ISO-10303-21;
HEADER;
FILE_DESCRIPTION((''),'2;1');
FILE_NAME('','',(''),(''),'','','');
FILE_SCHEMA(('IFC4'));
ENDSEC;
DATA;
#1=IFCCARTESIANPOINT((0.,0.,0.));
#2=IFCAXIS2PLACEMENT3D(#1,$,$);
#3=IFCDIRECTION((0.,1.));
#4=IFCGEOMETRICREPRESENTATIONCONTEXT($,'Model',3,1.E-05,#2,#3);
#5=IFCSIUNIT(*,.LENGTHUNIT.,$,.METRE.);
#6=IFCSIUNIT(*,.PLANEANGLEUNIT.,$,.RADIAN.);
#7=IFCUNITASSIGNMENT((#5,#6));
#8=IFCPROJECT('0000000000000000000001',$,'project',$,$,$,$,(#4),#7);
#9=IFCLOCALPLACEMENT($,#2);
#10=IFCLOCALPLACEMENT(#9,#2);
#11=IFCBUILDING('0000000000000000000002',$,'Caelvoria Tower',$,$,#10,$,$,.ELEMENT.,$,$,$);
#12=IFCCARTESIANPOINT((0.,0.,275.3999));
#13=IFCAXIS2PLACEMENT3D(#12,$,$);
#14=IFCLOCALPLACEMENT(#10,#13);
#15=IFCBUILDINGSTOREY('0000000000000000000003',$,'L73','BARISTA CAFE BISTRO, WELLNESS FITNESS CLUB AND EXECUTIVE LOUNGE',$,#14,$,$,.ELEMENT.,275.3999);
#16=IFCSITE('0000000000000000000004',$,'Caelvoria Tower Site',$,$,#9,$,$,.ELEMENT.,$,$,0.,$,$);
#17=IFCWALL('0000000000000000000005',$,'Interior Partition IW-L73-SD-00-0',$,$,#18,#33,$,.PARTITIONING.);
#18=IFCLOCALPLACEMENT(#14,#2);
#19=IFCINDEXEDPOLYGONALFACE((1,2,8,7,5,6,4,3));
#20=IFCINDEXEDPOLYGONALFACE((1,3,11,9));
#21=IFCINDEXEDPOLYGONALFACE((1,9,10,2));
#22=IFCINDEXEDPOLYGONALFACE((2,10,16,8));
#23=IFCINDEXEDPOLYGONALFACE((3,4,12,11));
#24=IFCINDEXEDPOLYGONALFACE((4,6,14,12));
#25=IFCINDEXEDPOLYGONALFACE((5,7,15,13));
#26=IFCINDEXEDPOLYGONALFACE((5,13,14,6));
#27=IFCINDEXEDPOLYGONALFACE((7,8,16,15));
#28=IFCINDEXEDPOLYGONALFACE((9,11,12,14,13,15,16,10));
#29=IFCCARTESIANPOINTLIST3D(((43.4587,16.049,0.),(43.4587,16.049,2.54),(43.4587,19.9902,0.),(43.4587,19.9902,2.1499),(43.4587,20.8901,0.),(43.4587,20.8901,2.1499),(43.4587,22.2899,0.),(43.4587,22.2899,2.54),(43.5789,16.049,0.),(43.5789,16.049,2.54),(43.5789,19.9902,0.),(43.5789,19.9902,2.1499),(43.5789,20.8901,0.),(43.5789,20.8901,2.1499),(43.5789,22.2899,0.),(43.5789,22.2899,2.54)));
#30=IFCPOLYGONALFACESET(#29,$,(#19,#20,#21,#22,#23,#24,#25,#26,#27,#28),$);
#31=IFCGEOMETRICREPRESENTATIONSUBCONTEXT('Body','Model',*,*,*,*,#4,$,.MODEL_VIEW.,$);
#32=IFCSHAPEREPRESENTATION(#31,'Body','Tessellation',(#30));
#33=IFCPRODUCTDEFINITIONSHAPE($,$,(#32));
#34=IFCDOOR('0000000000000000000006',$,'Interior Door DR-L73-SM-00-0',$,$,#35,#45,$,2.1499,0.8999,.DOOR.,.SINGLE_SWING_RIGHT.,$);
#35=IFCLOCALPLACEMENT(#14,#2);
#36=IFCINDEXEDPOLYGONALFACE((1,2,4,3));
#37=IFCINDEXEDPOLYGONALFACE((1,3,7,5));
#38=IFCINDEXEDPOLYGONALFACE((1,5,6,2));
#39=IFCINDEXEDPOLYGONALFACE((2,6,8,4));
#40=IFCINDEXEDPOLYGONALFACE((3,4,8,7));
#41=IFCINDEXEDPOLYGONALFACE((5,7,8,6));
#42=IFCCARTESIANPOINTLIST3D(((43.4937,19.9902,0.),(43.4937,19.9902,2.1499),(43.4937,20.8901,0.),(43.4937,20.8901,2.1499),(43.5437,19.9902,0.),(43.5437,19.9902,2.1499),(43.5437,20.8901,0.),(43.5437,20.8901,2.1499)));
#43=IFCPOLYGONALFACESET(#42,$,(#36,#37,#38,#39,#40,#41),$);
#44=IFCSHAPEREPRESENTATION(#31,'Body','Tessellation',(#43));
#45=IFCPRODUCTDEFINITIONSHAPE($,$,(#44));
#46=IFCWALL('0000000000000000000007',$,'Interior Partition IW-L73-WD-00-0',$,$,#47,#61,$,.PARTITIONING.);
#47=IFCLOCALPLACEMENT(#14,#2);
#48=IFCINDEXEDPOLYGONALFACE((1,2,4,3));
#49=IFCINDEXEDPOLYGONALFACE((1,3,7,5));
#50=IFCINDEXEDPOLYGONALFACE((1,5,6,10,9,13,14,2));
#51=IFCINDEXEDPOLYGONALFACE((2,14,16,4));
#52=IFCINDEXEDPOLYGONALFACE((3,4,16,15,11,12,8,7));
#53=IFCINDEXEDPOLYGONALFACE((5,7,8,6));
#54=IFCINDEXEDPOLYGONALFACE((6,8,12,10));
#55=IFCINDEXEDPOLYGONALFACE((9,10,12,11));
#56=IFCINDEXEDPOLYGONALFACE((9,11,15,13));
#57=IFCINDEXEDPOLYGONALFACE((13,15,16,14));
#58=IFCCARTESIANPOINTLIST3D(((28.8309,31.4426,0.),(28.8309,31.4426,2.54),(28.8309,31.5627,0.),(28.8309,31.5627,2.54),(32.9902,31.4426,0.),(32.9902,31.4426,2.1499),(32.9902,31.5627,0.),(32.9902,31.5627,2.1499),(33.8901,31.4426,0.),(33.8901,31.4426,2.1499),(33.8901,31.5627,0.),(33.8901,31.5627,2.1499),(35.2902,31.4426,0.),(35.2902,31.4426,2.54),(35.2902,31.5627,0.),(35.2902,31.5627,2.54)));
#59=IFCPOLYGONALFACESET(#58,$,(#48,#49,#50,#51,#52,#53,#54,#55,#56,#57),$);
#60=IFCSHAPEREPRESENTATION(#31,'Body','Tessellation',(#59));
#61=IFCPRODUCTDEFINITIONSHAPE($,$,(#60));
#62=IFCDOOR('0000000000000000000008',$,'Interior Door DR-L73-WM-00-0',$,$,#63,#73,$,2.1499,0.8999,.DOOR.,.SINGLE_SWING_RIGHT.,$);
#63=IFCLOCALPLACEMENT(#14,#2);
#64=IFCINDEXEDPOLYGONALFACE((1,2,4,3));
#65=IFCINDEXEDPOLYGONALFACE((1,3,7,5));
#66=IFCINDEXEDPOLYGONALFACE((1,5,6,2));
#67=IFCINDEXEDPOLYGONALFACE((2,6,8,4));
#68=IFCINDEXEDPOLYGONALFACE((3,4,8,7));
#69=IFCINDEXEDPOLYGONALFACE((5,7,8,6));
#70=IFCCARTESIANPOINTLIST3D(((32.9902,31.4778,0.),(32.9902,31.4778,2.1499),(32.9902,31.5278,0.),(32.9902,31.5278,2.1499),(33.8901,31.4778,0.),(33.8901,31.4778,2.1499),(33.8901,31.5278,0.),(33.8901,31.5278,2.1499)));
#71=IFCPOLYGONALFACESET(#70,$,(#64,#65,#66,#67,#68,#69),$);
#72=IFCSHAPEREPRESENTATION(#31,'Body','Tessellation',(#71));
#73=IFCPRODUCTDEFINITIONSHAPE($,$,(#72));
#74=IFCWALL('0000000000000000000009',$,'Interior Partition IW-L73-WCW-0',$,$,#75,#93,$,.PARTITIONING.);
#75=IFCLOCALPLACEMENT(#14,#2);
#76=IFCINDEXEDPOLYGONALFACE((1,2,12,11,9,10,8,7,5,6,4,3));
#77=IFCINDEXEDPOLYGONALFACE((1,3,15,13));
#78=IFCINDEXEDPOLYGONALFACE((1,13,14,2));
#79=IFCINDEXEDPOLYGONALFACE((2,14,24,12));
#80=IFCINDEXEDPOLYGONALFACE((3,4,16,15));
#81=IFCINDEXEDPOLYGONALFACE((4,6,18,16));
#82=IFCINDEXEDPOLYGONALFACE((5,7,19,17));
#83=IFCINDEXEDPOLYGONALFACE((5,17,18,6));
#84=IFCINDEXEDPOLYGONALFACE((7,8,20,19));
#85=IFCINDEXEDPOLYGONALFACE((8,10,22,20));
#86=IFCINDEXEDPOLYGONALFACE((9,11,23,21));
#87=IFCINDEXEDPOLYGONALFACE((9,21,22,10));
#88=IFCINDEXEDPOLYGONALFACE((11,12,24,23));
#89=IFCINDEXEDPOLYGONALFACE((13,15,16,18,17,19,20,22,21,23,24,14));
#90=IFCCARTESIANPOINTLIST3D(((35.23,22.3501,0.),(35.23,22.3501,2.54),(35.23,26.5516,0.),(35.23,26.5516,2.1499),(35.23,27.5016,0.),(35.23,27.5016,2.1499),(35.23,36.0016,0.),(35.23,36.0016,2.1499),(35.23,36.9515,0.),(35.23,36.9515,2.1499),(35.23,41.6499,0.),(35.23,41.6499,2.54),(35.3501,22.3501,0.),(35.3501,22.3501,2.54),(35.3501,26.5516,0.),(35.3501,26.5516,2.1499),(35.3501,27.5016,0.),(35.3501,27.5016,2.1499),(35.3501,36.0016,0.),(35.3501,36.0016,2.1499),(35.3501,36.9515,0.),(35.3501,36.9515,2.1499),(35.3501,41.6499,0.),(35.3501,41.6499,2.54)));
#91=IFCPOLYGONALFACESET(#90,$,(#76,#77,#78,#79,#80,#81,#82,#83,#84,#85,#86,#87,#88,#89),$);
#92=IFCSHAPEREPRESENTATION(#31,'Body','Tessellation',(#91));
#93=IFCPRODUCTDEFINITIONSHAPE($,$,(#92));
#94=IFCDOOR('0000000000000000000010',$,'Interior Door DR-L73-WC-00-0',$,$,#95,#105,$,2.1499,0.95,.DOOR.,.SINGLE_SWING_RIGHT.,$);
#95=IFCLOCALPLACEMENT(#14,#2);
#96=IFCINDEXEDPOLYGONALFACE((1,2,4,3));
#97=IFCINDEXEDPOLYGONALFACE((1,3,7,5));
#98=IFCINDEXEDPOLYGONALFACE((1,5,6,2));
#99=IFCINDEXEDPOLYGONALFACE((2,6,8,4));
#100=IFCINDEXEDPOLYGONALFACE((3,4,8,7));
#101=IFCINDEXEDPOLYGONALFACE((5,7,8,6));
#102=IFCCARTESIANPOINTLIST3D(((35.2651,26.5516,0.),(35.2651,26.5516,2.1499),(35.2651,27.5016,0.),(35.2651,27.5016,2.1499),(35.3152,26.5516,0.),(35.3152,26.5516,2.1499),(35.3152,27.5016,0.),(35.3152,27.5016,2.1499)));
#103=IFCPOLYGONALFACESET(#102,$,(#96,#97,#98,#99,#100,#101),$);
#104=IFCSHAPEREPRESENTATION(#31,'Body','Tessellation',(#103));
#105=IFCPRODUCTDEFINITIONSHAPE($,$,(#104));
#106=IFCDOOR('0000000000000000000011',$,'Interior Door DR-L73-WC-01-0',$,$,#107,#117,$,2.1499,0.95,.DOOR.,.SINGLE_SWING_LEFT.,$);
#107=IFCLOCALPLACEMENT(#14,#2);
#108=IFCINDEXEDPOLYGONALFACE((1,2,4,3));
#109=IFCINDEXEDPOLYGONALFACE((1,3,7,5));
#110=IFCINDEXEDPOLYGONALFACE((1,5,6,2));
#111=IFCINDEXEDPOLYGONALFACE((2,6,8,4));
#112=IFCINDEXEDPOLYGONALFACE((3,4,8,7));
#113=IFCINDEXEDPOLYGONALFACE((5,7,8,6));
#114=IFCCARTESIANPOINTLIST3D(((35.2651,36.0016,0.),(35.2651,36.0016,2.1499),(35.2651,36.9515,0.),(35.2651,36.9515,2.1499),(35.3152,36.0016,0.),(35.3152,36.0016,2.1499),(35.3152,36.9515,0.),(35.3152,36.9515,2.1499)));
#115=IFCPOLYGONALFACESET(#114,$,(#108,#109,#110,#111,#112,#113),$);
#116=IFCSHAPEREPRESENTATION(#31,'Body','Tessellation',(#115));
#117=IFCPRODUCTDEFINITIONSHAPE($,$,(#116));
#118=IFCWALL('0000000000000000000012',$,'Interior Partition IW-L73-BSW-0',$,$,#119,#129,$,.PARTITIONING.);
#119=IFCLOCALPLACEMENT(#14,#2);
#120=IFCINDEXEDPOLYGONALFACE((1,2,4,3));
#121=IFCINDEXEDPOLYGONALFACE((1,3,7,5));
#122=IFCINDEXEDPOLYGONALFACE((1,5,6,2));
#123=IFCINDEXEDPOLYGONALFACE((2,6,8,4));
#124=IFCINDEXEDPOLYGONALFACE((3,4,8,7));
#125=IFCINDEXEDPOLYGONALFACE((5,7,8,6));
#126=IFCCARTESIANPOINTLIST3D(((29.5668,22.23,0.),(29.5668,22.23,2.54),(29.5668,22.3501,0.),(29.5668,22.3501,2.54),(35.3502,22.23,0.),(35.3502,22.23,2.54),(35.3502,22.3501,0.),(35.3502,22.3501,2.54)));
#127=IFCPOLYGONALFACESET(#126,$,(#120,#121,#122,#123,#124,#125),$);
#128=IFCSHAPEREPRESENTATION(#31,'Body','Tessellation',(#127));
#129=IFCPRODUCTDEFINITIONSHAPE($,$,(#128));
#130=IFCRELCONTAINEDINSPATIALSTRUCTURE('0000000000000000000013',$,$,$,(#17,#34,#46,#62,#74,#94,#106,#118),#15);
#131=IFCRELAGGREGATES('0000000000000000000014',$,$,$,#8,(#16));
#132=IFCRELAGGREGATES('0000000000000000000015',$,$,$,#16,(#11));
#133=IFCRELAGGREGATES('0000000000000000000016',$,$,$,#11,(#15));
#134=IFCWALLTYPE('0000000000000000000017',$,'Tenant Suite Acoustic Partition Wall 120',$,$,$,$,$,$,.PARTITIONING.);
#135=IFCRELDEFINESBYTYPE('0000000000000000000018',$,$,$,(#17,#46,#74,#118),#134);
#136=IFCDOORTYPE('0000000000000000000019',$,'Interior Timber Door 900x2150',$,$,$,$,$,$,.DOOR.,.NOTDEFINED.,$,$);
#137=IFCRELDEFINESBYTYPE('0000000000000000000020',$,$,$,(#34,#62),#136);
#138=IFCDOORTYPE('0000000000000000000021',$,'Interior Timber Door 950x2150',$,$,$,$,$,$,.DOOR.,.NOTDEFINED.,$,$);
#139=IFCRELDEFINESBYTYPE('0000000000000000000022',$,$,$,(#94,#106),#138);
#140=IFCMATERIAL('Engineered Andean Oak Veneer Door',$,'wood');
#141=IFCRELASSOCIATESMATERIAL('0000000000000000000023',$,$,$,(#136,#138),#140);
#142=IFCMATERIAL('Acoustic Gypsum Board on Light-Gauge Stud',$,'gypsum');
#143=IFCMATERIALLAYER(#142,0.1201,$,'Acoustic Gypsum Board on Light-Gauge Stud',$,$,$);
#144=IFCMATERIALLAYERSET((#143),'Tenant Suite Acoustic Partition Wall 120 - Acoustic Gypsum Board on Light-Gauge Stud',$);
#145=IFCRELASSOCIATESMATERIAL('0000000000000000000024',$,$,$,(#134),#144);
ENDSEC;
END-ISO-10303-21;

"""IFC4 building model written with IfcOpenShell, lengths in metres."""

from ifc_helpers import new_model, si_unit, direction, frame, frame_2d, origin, place, context, subcontext, project, spatial, rectangle, extrude, material, layer, layer_set, type_object, element, fill, save


model = new_model("IFC4")

# Units and contexts
model_context = context("Model", 3, precision=1e-05, world=origin(), true_north=direction((0.0, 1.0)))
body_context = subcontext(model_context, "Body", "Model", "MODEL_VIEW")
ifc_project = project(units=[si_unit("LENGTHUNIT", "METRE"), si_unit("PLANEANGLEUNIT", "RADIAN")], contexts=[model_context])

# Site, building, storey
site_placement = place(None, origin())
site = spatial("IfcSite", under=ifc_project, at=site_placement, Name="Caelvoria Tower Site", CompositionType="ELEMENT", RefElevation=0.0)
building_placement = place(site_placement, origin())
building = spatial("IfcBuilding", under=site, at=building_placement, Name="Caelvoria Tower", CompositionType="ELEMENT")
storey_placement = place(building_placement, frame((0.0, 0.0, 275.3999)))
storey = spatial("IfcBuildingStorey", under=building, at=storey_placement, Name="L73", Description="BARISTA CAFE BISTRO, WELLNESS FITNESS CLUB AND EXECUTIVE LOUNGE", CompositionType="ELEMENT", Elevation=275.3999)

# Walls, openings, doors
ifc_material_1 = material(Name="Engineered Andean Oak Veneer Door", Category="wood")
door_type_1 = type_object("IfcDoorType", Name="Interior Timber Door 900x2150", OperationType="NOTDEFINED", PredefinedType="DOOR", material=ifc_material_1)
ifc_material_2 = material(Name="Acoustic Gypsum Board on Light-Gauge Stud", Category="gypsum")
ifc_layer_1 = layer(ifc_material_2, 0.1201, Name="Acoustic Gypsum Board on Light-Gauge Stud")
ifc_layer_set_1 = layer_set([ifc_layer_1], Name="Tenant Suite Acoustic Partition Wall 120 - Acoustic Gypsum Board on Light-Gauge Stud")
wall_type_1 = type_object("IfcWallType", Name="Tenant Suite Acoustic Partition Wall 120", PredefinedType="PARTITIONING", material=ifc_layer_set_1)
wall_1_placement = place(storey_placement, frame((43.5188, 22.29, 0.0), z_axis=(0.0, 0.0, 1.0), x_axis=(0.0, -1.0, 0.0)))
wall_1 = element("IfcWall", 1, at=wall_1_placement, inside=storey, type_object=wall_type_1, Name="Interior Partition IW-L73-SD-00-0", PredefinedType="PARTITIONING", context=body_context, shape_type="SweptSolid", body=[
    extrude(rectangle(XDim=6.241, YDim=0.1201, at=frame_2d((3.1206, 0.0))), origin(), (0.0, 0.0, 1.0), 2.54),
])
opening_1_placement = place(wall_1_placement, frame((1.3999, 0.0, 0.0)))
opening_1 = element("IfcOpeningElement", 2, at=opening_1_placement, cuts=wall_1, PredefinedType="OPENING", context=body_context, shape_type="SweptSolid", body=[
    extrude(rectangle(XDim=0.8999, YDim=2.1499, at=frame_2d((0.45, 1.075))), frame((0.0, 0.0701, 0.0), z_axis=(0.0, -1.0, 0.0), x_axis=(1.0, 0.0, 0.0)), (0.0, 0.0, 1.0), 0.1401),
])
door_1_placement = place(opening_1_placement, origin())
door_1 = element("IfcDoor", 3, at=door_1_placement, inside=storey, type_object=door_type_1, Name="Interior Door DR-L73-SM-00-0", OperationType="SINGLE_SWING_RIGHT", OverallHeight=2.1499, OverallWidth=0.8999, PredefinedType="DOOR", context=body_context, shape_type="SweptSolid", body=[
    extrude(rectangle(XDim=0.8999, YDim=2.1499, at=frame_2d((0.45, 1.075))), frame((0.0, 0.0249, 0.0), z_axis=(0.0, -1.0, 0.0), x_axis=(1.0, 0.0, 0.0)), (0.0, 0.0, 1.0), 0.05),
])
fill(opening_1, door_1)
wall_2_placement = place(storey_placement, frame((35.29, 31.5027, 0.0), z_axis=(0.0, 0.0, 1.0), x_axis=(-1.0, 0.0, 0.0)))
wall_2 = element("IfcWall", 4, at=wall_2_placement, inside=storey, type_object=wall_type_1, Name="Interior Partition IW-L73-WD-00-0", PredefinedType="PARTITIONING", context=body_context, shape_type="SweptSolid", body=[
    extrude(rectangle(XDim=6.4592, YDim=0.1201, at=frame_2d((3.2295, 0.0))), origin(), (0.0, 0.0, 1.0), 2.54),
])
opening_2_placement = place(wall_2_placement, frame((1.3999, 0.0, 0.0)))
opening_2 = element("IfcOpeningElement", 5, at=opening_2_placement, cuts=wall_2, PredefinedType="OPENING", context=body_context, shape_type="SweptSolid", body=[
    extrude(rectangle(XDim=0.8999, YDim=2.1499, at=frame_2d((0.45, 1.075))), frame((0.0, 0.0701, 0.0), z_axis=(0.0, -1.0, 0.0), x_axis=(1.0, 0.0, 0.0)), (0.0, 0.0, 1.0), 0.1401),
])
door_2_placement = place(opening_2_placement, origin())
door_2 = element("IfcDoor", 6, at=door_2_placement, inside=storey, type_object=door_type_1, Name="Interior Door DR-L73-WM-00-0", OperationType="SINGLE_SWING_RIGHT", OverallHeight=2.1499, OverallWidth=0.8999, PredefinedType="DOOR", context=body_context, shape_type="SweptSolid", body=[
    extrude(rectangle(XDim=0.8999, YDim=2.1499, at=frame_2d((0.45, 1.075))), frame((0.0, 0.0249, 0.0), z_axis=(0.0, -1.0, 0.0), x_axis=(1.0, 0.0, 0.0)), (0.0, 0.0, 1.0), 0.05),
])
fill(opening_2, door_2)

# Wall, openings, doors
wall_3_placement = place(storey_placement, frame((35.29, 22.3501, 0.0), z_axis=(0.0, 0.0, 1.0), x_axis=(0.0, 1.0, 0.0)))
wall_3 = element("IfcWall", 7, at=wall_3_placement, inside=storey, type_object=wall_type_1, Name="Interior Partition IW-L73-WCW-0", PredefinedType="PARTITIONING", context=body_context, shape_type="SweptSolid", body=[
    extrude(rectangle(XDim=19.2998, YDim=0.1201, at=frame_2d((9.6499, 0.0))), origin(), (0.0, 0.0, 1.0), 2.54),
])
opening_3_placement = place(wall_3_placement, frame((4.2014, 0.0, 0.0)))
opening_3 = element("IfcOpeningElement", 8, at=opening_3_placement, cuts=wall_3, PredefinedType="OPENING", context=body_context, shape_type="SweptSolid", body=[
    extrude(rectangle(XDim=0.95, YDim=2.1499, at=frame_2d((0.4751, 1.075))), frame((0.0, 0.0701, 0.0), z_axis=(0.0, -1.0, 0.0), x_axis=(1.0, 0.0, 0.0)), (0.0, 0.0, 1.0), 0.1401),
])
opening_4_placement = place(wall_3_placement, frame((13.6514, 0.0, 0.0)))
opening_4 = element("IfcOpeningElement", 9, at=opening_4_placement, cuts=wall_3, PredefinedType="OPENING", context=body_context, shape_type="SweptSolid", body=[
    extrude(rectangle(XDim=0.95, YDim=2.1499, at=frame_2d((0.4751, 1.075))), frame((0.0, 0.0701, 0.0), z_axis=(0.0, -1.0, 0.0), x_axis=(1.0, 0.0, 0.0)), (0.0, 0.0, 1.0), 0.1401),
])
door_type_2 = type_object("IfcDoorType", Name="Interior Timber Door 950x2150", OperationType="NOTDEFINED", PredefinedType="DOOR", material=ifc_material_1)
door_3_placement = place(opening_3_placement, origin())
door_3 = element("IfcDoor", 10, at=door_3_placement, inside=storey, type_object=door_type_2, Name="Interior Door DR-L73-WC-00-0", OperationType="SINGLE_SWING_RIGHT", OverallHeight=2.1499, OverallWidth=0.95, PredefinedType="DOOR", context=body_context, shape_type="SweptSolid", body=[
    extrude(rectangle(XDim=0.95, YDim=2.1499, at=frame_2d((0.4751, 1.075))), frame((0.0, 0.0249, 0.0), z_axis=(0.0, -1.0, 0.0), x_axis=(1.0, 0.0, 0.0)), (0.0, 0.0, 1.0), 0.05),
])
fill(opening_3, door_3)
door_4_placement = place(opening_4_placement, origin())
door_4 = element("IfcDoor", 11, at=door_4_placement, inside=storey, type_object=door_type_2, Name="Interior Door DR-L73-WC-01-0", OperationType="SINGLE_SWING_LEFT", OverallHeight=2.1499, OverallWidth=0.95, PredefinedType="DOOR", context=body_context, shape_type="SweptSolid", body=[
    extrude(rectangle(XDim=0.95, YDim=2.1499, at=frame_2d((0.4751, 1.075))), frame((0.0, 0.0249, 0.0), z_axis=(0.0, -1.0, 0.0), x_axis=(1.0, 0.0, 0.0)), (0.0, 0.0, 1.0), 0.05),
])
fill(opening_4, door_4)

# Wall
wall_4_placement = place(storey_placement, frame((35.3501, 22.29, 0.0), z_axis=(0.0, 0.0, 1.0), x_axis=(-1.0, 0.0, 0.0)))
element("IfcWall", 12, at=wall_4_placement, inside=storey, type_object=wall_type_1, Name="Interior Partition IW-L73-BSW-0", PredefinedType="PARTITIONING", context=body_context, shape_type="SweptSolid", body=[
    extrude(rectangle(XDim=5.7834, YDim=0.1201, at=frame_2d((2.8916, 0.0))), origin(), (0.0, 0.0, 1.0), 2.54),
])

save(model, "model.ifc")
